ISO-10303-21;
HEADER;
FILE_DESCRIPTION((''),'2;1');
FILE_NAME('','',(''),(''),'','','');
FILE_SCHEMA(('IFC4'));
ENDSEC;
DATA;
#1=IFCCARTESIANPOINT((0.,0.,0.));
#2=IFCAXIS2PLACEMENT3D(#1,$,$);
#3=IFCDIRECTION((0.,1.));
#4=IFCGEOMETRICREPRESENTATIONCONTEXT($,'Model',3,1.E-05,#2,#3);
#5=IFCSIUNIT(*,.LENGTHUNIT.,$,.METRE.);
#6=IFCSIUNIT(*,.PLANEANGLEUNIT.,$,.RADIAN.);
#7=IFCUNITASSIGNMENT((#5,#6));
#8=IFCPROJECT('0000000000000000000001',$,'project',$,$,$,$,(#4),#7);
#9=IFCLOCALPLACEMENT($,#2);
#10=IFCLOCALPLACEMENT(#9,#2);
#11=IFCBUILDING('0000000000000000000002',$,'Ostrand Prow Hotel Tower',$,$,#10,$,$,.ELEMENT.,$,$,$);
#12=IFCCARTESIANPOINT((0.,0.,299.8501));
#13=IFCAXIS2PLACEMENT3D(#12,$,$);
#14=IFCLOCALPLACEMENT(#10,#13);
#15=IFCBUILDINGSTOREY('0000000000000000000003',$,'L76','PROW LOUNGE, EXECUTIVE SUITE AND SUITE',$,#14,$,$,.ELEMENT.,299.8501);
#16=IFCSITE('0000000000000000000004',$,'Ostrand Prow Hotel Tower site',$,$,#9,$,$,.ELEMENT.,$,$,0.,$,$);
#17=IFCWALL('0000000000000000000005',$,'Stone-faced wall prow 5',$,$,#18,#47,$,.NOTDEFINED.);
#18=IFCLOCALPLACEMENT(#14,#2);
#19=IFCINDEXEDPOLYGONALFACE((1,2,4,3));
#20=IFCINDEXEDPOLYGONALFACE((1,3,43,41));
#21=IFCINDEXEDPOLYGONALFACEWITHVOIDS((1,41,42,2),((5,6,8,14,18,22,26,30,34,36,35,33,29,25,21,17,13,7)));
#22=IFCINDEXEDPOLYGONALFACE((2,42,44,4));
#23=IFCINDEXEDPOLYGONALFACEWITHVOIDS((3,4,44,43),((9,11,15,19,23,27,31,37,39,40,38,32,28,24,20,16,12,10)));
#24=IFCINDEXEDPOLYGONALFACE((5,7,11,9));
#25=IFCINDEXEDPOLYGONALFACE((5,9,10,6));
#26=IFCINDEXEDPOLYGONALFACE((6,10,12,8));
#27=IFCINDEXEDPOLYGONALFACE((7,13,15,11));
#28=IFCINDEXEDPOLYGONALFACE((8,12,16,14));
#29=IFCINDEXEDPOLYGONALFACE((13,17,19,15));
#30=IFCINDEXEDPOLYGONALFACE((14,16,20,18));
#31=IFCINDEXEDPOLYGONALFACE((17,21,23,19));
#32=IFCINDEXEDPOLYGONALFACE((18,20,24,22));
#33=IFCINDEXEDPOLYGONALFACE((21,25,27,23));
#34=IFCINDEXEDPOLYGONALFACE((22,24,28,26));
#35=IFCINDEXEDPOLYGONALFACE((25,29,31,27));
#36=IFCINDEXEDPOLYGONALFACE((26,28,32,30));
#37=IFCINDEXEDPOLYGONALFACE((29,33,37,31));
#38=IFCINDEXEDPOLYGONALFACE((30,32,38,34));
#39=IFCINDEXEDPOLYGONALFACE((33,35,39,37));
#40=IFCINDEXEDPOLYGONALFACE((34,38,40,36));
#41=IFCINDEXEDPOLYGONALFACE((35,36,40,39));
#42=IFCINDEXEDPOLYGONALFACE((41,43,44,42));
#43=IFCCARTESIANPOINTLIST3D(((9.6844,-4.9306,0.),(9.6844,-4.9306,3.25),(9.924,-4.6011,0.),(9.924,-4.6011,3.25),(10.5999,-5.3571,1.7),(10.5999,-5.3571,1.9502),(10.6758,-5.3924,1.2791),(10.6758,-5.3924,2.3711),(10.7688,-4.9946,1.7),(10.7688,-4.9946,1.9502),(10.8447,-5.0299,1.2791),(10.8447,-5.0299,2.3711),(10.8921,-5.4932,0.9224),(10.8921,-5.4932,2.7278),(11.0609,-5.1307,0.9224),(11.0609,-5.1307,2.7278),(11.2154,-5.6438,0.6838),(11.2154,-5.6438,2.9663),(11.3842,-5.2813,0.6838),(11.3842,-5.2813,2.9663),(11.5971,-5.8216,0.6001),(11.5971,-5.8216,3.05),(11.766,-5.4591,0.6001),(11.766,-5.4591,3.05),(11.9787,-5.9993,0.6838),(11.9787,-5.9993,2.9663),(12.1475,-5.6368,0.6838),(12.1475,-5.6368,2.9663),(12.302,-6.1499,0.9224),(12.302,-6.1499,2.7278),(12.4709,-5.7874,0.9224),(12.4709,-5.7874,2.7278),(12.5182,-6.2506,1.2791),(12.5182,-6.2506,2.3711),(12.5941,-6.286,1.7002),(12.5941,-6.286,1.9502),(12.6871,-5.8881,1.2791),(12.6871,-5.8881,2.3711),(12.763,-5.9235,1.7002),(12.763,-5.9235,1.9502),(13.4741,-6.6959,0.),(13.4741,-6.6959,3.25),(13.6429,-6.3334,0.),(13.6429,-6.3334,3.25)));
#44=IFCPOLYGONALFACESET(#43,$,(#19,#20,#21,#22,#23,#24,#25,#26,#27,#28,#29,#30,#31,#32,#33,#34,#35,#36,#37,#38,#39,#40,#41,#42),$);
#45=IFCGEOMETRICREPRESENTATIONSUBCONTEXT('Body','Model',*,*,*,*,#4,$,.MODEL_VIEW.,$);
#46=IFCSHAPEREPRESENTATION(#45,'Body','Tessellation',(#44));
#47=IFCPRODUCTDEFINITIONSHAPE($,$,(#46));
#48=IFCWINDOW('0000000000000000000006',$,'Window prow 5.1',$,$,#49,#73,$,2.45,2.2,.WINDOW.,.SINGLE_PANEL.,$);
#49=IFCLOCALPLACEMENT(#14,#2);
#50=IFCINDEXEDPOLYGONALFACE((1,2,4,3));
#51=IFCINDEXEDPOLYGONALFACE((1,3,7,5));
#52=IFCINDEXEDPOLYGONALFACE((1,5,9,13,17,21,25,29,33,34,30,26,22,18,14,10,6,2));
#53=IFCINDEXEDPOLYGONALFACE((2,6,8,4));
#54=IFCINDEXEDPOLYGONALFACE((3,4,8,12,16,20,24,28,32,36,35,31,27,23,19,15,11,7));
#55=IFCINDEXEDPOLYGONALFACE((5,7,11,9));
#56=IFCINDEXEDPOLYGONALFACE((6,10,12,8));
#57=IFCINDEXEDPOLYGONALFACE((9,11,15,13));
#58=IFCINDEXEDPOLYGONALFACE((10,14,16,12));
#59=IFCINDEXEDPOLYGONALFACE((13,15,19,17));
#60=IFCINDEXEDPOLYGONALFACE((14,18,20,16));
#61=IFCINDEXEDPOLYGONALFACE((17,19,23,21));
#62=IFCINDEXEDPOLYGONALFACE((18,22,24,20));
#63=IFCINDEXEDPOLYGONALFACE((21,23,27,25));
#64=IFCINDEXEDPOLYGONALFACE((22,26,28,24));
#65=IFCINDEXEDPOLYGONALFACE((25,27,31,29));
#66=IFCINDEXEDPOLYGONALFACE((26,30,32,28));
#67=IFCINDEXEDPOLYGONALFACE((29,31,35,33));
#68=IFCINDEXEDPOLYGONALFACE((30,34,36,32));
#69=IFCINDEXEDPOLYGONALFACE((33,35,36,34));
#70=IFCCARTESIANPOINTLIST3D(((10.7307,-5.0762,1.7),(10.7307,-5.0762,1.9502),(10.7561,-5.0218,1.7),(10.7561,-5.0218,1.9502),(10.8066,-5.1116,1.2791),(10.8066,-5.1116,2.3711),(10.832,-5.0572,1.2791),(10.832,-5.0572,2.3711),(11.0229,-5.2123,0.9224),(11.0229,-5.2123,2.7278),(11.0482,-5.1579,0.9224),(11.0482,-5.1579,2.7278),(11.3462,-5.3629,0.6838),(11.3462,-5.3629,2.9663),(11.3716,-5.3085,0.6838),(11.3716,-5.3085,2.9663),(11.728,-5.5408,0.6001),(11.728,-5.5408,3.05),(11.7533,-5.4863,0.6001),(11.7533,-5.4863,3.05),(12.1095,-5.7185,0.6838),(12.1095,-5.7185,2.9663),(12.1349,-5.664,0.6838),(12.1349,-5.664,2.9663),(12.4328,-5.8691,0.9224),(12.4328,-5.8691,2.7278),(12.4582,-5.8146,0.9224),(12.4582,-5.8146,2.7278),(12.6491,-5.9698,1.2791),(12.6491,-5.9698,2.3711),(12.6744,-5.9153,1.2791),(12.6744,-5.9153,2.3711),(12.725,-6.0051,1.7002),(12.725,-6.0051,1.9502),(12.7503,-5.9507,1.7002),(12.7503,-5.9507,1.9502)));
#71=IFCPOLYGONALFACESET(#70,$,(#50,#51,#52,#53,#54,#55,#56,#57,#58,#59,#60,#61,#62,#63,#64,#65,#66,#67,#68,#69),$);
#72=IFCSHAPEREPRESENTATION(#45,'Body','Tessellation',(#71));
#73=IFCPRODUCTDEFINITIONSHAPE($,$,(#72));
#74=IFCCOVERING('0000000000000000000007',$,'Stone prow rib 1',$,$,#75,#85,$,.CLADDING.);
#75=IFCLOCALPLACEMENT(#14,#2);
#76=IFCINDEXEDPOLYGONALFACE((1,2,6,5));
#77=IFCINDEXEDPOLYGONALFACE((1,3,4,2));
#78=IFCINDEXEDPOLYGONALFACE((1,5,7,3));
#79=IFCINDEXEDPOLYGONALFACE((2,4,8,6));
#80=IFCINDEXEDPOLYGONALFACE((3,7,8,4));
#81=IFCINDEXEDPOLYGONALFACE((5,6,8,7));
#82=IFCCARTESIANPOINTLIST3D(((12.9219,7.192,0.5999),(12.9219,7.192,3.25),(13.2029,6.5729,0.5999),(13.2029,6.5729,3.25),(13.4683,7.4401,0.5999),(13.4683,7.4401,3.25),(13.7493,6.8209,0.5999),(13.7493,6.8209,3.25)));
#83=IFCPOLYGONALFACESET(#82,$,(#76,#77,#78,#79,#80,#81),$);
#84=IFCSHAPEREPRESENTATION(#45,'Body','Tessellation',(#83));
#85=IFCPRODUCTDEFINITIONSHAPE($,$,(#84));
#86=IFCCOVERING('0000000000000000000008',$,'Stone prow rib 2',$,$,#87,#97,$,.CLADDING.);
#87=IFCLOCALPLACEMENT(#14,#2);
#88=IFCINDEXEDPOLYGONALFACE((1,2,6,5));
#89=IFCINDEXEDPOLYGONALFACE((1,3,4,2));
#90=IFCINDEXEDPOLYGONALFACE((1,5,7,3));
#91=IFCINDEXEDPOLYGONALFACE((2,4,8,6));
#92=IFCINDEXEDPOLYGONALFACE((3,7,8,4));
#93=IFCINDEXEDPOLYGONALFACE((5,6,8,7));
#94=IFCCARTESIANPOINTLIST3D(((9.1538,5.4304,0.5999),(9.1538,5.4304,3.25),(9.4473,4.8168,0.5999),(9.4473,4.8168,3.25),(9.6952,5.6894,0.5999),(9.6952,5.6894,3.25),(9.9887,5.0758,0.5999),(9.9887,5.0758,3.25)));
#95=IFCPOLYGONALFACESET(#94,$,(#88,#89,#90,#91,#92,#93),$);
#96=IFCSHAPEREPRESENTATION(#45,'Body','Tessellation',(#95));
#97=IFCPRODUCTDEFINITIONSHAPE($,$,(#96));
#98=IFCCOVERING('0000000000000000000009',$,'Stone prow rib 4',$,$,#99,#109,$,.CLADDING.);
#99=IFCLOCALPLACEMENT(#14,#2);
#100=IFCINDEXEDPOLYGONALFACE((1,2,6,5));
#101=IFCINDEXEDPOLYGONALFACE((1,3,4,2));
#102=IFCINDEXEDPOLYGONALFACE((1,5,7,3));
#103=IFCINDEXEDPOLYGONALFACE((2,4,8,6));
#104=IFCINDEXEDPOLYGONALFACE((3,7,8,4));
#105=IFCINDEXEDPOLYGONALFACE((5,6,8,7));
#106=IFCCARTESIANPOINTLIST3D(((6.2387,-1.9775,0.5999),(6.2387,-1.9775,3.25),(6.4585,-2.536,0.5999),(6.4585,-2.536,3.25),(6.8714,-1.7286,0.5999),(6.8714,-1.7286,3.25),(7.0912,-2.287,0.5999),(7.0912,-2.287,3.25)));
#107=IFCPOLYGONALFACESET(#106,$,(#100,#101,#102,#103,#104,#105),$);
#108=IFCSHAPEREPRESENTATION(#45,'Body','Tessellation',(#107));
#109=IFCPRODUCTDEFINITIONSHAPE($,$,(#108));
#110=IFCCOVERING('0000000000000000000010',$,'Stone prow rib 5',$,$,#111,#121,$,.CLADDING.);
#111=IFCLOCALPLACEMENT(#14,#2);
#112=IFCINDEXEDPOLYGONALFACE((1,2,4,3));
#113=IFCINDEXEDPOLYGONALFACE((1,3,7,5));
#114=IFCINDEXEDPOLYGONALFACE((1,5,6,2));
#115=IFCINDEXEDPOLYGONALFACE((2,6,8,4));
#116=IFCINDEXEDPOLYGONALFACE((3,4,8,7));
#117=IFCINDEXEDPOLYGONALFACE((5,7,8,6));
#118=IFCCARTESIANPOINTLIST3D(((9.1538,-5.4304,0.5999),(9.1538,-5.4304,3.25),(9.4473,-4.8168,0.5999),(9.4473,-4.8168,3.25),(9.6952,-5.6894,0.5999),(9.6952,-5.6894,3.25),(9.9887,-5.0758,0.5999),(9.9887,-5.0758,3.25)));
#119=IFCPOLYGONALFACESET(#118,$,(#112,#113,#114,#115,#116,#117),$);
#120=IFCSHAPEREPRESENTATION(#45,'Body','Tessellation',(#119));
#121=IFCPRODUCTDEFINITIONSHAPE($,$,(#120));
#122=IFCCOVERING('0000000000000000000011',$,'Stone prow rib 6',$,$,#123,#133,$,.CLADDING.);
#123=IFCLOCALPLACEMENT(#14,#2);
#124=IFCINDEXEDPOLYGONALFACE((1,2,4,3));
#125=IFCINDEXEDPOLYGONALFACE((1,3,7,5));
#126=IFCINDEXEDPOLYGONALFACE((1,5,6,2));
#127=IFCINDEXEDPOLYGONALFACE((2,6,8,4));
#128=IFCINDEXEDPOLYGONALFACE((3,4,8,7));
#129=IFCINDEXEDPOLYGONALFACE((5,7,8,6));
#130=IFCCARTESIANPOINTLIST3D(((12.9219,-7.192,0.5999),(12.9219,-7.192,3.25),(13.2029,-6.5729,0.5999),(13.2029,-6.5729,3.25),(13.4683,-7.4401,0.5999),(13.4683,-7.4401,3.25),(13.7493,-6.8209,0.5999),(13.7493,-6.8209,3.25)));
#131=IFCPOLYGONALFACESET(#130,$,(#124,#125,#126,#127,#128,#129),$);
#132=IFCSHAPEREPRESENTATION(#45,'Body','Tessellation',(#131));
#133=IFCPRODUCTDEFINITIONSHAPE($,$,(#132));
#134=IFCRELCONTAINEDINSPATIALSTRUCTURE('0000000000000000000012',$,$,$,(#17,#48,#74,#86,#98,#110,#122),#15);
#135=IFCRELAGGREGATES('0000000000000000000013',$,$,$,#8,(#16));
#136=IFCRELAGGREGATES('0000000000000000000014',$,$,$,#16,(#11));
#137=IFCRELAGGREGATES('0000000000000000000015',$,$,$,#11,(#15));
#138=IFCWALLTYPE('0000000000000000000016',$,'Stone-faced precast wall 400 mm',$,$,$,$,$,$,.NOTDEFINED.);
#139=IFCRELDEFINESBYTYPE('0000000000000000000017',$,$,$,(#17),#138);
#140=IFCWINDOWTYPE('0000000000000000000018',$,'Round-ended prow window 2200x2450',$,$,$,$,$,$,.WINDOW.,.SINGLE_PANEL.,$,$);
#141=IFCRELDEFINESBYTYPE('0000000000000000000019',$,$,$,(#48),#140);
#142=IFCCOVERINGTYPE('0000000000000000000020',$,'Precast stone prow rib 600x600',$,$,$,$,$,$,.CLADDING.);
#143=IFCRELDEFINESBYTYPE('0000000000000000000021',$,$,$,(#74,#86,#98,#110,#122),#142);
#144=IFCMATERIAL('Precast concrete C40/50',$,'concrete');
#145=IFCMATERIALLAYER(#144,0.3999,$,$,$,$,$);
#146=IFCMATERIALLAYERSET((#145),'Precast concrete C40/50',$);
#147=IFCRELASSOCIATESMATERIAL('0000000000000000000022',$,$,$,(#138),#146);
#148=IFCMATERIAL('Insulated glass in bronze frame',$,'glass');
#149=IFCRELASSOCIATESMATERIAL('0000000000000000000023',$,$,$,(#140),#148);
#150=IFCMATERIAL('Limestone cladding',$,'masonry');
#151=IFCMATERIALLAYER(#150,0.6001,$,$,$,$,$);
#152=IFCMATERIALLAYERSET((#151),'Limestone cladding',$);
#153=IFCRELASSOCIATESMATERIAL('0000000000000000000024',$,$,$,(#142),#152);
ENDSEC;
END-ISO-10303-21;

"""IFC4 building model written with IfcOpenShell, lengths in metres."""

from ifc_helpers import new_model, si_unit, direction, frame, frame_2d, origin, place, context, subcontext, project, spatial, polyline, rectangle, outline, extrude, material, layer, layer_set, type_object, element, fill, save


model = new_model("IFC4")

# Units and contexts
model_context = context("Model", 3, precision=1e-05, world=origin(), true_north=direction((0.0, 1.0)))
body_context = subcontext(model_context, "Body", "Model", "MODEL_VIEW")
ifc_project = project(units=[si_unit("LENGTHUNIT", "METRE"), si_unit("PLANEANGLEUNIT", "RADIAN")], contexts=[model_context])

# Site, building, storey
site_placement = place(None, origin())
site = spatial("IfcSite", under=ifc_project, at=site_placement, Name="Ostrand Prow Hotel Tower site", CompositionType="ELEMENT", RefElevation=0.0)
building_placement = place(site_placement, origin())
building = spatial("IfcBuilding", under=site, at=building_placement, Name="Ostrand Prow Hotel Tower", CompositionType="ELEMENT")
storey_placement = place(building_placement, frame((0.0, 0.0, 299.8501)))
storey = spatial("IfcBuildingStorey", under=building, at=storey_placement, Name="L76", Description="PROW LOUNGE, EXECUTIVE SUITE AND SUITE", CompositionType="ELEMENT", Elevation=299.8501)

# Wall, opening, window
ifc_material_1 = material(Name="Precast concrete C40/50", Category="concrete")
ifc_layer_1 = layer(ifc_material_1, 0.3999)
ifc_layer_set_1 = layer_set([ifc_layer_1], Name="Precast concrete C40/50")
wall_type_1 = type_object("IfcWallType", Name="Stone-faced precast wall 400 mm", PredefinedType="NOTDEFINED", material=ifc_layer_set_1)
ifc_material_2 = material(Name="Insulated glass in bronze frame", Category="glass")
window_type = type_object("IfcWindowType", Name="Round-ended prow window 2200x2450", PartitioningType="SINGLE_PANEL", PredefinedType="WINDOW", material=ifc_material_2)
wall_1_placement = place(storey_placement, frame((9.8042, -4.7659, 0.0), z_axis=(0.0, 0.0, 1.0), x_axis=(0.906486, -0.422237, 0.0)))
wall_1 = element("IfcWall", 1, at=wall_1_placement, inside=storey, type_object=wall_type_1, Name="Stone-faced wall prow 5", PredefinedType="NOTDEFINED", context=body_context, shape_type="SweptSolid", body=[
    extrude(outline(polyline([(-0.0391, -0.2), (4.1416, -0.2), (4.1416, 0.2), (0.0391, 0.2), (-0.0391, -0.2)])), origin(), (0.0, 0.0, 1.0), 3.25),
])
opening_1_placement = place(wall_1_placement, frame((0.9709, 0.0, 0.6001)))
opening_1 = element("IfcOpeningElement", 2, at=opening_1_placement, cuts=wall_1, PredefinedType="OPENING", context=body_context, shape_type="SweptSolid", body=[
    extrude(outline(polyline([(0.0, 1.3501), (0.0837, 1.771), (0.3223, 2.1277), (0.679, 2.3662), (1.1001, 2.45), (1.521, 2.3662), (1.8777, 2.1277), (2.1162, 1.771), (2.2, 1.3501), (2.2, 1.1001), (2.1162, 0.679), (1.8777, 0.3223), (1.521, 0.0837), (1.1001, 0.0), (0.679, 0.0837), (0.3223, 0.3223), (0.0837, 0.679), (0.0, 1.0999), (0.0, 1.3501)])), frame((0.0, 0.21, 0.0), z_axis=(0.0, -1.0, 0.0), x_axis=(1.0, 0.0, 0.0)), (0.0, 0.0, 1.0), 0.4199),
])
window_1_placement = place(opening_1_placement, origin())
window_1 = element("IfcWindow", 3, at=window_1_placement, inside=storey, type_object=window_type, Name="Window prow 5.1", OverallHeight=2.45, OverallWidth=2.2, PartitioningType="SINGLE_PANEL", PredefinedType="WINDOW", context=body_context, shape_type="SweptSolid", body=[
    extrude(outline(polyline([(0.0, 1.3501), (0.0837, 1.771), (0.3223, 2.1277), (0.679, 2.3662), (1.1001, 2.45), (1.521, 2.3662), (1.8777, 2.1277), (2.1162, 1.771), (2.2, 1.3501), (2.2, 1.1001), (2.1162, 0.679), (1.8777, 0.3223), (1.521, 0.0837), (1.1001, 0.0), (0.679, 0.0837), (0.3223, 0.3223), (0.0837, 0.679), (0.0, 1.0999), (0.0, 1.3501)])), frame((0.0, 0.1699, 0.0), z_axis=(0.0, -1.0, 0.0), x_axis=(1.0, 0.0, 0.0)), (0.0, 0.0, 1.0), 0.0601),
])
fill(opening_1, window_1)

# Coverings
ifc_material_3 = material(Name="Limestone cladding", Category="masonry")
ifc_layer_2 = layer(ifc_material_3, 0.6001)
ifc_layer_set_2 = layer_set([ifc_layer_2], Name="Limestone cladding")
covering_type = type_object("IfcCoveringType", Name="Precast stone prow rib 600x600", PredefinedType="CLADDING", material=ifc_layer_set_2)
covering_1_placement = place(storey_placement, frame((13.4761, 6.697, 0.5999), z_axis=(0.0, 0.0, 1.0), x_axis=(-0.413289, 0.9106, 0.0)))
element("IfcCovering", 4, at=covering_1_placement, inside=storey, type_object=covering_type, Name="Stone prow rib 1", PredefinedType="CLADDING", context=body_context, shape_type="SweptSolid", body=[
    extrude(rectangle(XDim=0.6799, YDim=0.6001, at=frame_2d((0.3398, 0.0))), origin(), (0.0, 0.0, 1.0), 2.6501),
])
covering_2_placement = place(storey_placement, frame((9.718, 4.9463, 0.5999), z_axis=(0.0, 0.0, 1.0), x_axis=(-0.431494, 0.902116, 0.0)))
element("IfcCovering", 5, at=covering_2_placement, inside=storey, type_object=covering_type, Name="Stone prow rib 2", PredefinedType="CLADDING", context=body_context, shape_type="SweptSolid", body=[
    extrude(rectangle(XDim=0.6802, YDim=0.6001, at=frame_2d((0.3401, 0.0))), origin(), (0.0, 0.0, 1.0), 2.6501),
])
covering_3_placement = place(storey_placement, frame((6.9812, -2.0078, 0.5999), z_axis=(0.0, 0.0, 1.0), x_axis=(-0.930542, -0.366185, 0.0)))
element("IfcCovering", 6, at=covering_3_placement, inside=storey, type_object=covering_type, Name="Stone prow rib 4", PredefinedType="CLADDING", context=body_context, shape_type="SweptSolid", body=[
    extrude(rectangle(XDim=0.6799, YDim=0.6001, at=frame_2d((0.3398, 0.0))), origin(), (0.0, 0.0, 1.0), 2.6501),
])
covering_4_placement = place(storey_placement, frame((9.718, -4.9463, 0.5999), z_axis=(0.0, 0.0, 1.0), x_axis=(-0.431494, -0.902116, 0.0)))
element("IfcCovering", 7, at=covering_4_placement, inside=storey, type_object=covering_type, Name="Stone prow rib 5", PredefinedType="CLADDING", context=body_context, shape_type="SweptSolid", body=[
    extrude(rectangle(XDim=0.6802, YDim=0.6001, at=frame_2d((0.3401, 0.0))), origin(), (0.0, 0.0, 1.0), 2.6501),
])
covering_5_placement = place(storey_placement, frame((13.4761, -6.697, 0.5999), z_axis=(0.0, 0.0, 1.0), x_axis=(-0.413289, -0.9106, 0.0)))
element("IfcCovering", 8, at=covering_5_placement, inside=storey, type_object=covering_type, Name="Stone prow rib 6", PredefinedType="CLADDING", context=body_context, shape_type="SweptSolid", body=[
    extrude(rectangle(XDim=0.6799, YDim=0.6001, at=frame_2d((0.3398, 0.0))), origin(), (0.0, 0.0, 1.0), 2.6501),
])

save(model, "model.ifc")
